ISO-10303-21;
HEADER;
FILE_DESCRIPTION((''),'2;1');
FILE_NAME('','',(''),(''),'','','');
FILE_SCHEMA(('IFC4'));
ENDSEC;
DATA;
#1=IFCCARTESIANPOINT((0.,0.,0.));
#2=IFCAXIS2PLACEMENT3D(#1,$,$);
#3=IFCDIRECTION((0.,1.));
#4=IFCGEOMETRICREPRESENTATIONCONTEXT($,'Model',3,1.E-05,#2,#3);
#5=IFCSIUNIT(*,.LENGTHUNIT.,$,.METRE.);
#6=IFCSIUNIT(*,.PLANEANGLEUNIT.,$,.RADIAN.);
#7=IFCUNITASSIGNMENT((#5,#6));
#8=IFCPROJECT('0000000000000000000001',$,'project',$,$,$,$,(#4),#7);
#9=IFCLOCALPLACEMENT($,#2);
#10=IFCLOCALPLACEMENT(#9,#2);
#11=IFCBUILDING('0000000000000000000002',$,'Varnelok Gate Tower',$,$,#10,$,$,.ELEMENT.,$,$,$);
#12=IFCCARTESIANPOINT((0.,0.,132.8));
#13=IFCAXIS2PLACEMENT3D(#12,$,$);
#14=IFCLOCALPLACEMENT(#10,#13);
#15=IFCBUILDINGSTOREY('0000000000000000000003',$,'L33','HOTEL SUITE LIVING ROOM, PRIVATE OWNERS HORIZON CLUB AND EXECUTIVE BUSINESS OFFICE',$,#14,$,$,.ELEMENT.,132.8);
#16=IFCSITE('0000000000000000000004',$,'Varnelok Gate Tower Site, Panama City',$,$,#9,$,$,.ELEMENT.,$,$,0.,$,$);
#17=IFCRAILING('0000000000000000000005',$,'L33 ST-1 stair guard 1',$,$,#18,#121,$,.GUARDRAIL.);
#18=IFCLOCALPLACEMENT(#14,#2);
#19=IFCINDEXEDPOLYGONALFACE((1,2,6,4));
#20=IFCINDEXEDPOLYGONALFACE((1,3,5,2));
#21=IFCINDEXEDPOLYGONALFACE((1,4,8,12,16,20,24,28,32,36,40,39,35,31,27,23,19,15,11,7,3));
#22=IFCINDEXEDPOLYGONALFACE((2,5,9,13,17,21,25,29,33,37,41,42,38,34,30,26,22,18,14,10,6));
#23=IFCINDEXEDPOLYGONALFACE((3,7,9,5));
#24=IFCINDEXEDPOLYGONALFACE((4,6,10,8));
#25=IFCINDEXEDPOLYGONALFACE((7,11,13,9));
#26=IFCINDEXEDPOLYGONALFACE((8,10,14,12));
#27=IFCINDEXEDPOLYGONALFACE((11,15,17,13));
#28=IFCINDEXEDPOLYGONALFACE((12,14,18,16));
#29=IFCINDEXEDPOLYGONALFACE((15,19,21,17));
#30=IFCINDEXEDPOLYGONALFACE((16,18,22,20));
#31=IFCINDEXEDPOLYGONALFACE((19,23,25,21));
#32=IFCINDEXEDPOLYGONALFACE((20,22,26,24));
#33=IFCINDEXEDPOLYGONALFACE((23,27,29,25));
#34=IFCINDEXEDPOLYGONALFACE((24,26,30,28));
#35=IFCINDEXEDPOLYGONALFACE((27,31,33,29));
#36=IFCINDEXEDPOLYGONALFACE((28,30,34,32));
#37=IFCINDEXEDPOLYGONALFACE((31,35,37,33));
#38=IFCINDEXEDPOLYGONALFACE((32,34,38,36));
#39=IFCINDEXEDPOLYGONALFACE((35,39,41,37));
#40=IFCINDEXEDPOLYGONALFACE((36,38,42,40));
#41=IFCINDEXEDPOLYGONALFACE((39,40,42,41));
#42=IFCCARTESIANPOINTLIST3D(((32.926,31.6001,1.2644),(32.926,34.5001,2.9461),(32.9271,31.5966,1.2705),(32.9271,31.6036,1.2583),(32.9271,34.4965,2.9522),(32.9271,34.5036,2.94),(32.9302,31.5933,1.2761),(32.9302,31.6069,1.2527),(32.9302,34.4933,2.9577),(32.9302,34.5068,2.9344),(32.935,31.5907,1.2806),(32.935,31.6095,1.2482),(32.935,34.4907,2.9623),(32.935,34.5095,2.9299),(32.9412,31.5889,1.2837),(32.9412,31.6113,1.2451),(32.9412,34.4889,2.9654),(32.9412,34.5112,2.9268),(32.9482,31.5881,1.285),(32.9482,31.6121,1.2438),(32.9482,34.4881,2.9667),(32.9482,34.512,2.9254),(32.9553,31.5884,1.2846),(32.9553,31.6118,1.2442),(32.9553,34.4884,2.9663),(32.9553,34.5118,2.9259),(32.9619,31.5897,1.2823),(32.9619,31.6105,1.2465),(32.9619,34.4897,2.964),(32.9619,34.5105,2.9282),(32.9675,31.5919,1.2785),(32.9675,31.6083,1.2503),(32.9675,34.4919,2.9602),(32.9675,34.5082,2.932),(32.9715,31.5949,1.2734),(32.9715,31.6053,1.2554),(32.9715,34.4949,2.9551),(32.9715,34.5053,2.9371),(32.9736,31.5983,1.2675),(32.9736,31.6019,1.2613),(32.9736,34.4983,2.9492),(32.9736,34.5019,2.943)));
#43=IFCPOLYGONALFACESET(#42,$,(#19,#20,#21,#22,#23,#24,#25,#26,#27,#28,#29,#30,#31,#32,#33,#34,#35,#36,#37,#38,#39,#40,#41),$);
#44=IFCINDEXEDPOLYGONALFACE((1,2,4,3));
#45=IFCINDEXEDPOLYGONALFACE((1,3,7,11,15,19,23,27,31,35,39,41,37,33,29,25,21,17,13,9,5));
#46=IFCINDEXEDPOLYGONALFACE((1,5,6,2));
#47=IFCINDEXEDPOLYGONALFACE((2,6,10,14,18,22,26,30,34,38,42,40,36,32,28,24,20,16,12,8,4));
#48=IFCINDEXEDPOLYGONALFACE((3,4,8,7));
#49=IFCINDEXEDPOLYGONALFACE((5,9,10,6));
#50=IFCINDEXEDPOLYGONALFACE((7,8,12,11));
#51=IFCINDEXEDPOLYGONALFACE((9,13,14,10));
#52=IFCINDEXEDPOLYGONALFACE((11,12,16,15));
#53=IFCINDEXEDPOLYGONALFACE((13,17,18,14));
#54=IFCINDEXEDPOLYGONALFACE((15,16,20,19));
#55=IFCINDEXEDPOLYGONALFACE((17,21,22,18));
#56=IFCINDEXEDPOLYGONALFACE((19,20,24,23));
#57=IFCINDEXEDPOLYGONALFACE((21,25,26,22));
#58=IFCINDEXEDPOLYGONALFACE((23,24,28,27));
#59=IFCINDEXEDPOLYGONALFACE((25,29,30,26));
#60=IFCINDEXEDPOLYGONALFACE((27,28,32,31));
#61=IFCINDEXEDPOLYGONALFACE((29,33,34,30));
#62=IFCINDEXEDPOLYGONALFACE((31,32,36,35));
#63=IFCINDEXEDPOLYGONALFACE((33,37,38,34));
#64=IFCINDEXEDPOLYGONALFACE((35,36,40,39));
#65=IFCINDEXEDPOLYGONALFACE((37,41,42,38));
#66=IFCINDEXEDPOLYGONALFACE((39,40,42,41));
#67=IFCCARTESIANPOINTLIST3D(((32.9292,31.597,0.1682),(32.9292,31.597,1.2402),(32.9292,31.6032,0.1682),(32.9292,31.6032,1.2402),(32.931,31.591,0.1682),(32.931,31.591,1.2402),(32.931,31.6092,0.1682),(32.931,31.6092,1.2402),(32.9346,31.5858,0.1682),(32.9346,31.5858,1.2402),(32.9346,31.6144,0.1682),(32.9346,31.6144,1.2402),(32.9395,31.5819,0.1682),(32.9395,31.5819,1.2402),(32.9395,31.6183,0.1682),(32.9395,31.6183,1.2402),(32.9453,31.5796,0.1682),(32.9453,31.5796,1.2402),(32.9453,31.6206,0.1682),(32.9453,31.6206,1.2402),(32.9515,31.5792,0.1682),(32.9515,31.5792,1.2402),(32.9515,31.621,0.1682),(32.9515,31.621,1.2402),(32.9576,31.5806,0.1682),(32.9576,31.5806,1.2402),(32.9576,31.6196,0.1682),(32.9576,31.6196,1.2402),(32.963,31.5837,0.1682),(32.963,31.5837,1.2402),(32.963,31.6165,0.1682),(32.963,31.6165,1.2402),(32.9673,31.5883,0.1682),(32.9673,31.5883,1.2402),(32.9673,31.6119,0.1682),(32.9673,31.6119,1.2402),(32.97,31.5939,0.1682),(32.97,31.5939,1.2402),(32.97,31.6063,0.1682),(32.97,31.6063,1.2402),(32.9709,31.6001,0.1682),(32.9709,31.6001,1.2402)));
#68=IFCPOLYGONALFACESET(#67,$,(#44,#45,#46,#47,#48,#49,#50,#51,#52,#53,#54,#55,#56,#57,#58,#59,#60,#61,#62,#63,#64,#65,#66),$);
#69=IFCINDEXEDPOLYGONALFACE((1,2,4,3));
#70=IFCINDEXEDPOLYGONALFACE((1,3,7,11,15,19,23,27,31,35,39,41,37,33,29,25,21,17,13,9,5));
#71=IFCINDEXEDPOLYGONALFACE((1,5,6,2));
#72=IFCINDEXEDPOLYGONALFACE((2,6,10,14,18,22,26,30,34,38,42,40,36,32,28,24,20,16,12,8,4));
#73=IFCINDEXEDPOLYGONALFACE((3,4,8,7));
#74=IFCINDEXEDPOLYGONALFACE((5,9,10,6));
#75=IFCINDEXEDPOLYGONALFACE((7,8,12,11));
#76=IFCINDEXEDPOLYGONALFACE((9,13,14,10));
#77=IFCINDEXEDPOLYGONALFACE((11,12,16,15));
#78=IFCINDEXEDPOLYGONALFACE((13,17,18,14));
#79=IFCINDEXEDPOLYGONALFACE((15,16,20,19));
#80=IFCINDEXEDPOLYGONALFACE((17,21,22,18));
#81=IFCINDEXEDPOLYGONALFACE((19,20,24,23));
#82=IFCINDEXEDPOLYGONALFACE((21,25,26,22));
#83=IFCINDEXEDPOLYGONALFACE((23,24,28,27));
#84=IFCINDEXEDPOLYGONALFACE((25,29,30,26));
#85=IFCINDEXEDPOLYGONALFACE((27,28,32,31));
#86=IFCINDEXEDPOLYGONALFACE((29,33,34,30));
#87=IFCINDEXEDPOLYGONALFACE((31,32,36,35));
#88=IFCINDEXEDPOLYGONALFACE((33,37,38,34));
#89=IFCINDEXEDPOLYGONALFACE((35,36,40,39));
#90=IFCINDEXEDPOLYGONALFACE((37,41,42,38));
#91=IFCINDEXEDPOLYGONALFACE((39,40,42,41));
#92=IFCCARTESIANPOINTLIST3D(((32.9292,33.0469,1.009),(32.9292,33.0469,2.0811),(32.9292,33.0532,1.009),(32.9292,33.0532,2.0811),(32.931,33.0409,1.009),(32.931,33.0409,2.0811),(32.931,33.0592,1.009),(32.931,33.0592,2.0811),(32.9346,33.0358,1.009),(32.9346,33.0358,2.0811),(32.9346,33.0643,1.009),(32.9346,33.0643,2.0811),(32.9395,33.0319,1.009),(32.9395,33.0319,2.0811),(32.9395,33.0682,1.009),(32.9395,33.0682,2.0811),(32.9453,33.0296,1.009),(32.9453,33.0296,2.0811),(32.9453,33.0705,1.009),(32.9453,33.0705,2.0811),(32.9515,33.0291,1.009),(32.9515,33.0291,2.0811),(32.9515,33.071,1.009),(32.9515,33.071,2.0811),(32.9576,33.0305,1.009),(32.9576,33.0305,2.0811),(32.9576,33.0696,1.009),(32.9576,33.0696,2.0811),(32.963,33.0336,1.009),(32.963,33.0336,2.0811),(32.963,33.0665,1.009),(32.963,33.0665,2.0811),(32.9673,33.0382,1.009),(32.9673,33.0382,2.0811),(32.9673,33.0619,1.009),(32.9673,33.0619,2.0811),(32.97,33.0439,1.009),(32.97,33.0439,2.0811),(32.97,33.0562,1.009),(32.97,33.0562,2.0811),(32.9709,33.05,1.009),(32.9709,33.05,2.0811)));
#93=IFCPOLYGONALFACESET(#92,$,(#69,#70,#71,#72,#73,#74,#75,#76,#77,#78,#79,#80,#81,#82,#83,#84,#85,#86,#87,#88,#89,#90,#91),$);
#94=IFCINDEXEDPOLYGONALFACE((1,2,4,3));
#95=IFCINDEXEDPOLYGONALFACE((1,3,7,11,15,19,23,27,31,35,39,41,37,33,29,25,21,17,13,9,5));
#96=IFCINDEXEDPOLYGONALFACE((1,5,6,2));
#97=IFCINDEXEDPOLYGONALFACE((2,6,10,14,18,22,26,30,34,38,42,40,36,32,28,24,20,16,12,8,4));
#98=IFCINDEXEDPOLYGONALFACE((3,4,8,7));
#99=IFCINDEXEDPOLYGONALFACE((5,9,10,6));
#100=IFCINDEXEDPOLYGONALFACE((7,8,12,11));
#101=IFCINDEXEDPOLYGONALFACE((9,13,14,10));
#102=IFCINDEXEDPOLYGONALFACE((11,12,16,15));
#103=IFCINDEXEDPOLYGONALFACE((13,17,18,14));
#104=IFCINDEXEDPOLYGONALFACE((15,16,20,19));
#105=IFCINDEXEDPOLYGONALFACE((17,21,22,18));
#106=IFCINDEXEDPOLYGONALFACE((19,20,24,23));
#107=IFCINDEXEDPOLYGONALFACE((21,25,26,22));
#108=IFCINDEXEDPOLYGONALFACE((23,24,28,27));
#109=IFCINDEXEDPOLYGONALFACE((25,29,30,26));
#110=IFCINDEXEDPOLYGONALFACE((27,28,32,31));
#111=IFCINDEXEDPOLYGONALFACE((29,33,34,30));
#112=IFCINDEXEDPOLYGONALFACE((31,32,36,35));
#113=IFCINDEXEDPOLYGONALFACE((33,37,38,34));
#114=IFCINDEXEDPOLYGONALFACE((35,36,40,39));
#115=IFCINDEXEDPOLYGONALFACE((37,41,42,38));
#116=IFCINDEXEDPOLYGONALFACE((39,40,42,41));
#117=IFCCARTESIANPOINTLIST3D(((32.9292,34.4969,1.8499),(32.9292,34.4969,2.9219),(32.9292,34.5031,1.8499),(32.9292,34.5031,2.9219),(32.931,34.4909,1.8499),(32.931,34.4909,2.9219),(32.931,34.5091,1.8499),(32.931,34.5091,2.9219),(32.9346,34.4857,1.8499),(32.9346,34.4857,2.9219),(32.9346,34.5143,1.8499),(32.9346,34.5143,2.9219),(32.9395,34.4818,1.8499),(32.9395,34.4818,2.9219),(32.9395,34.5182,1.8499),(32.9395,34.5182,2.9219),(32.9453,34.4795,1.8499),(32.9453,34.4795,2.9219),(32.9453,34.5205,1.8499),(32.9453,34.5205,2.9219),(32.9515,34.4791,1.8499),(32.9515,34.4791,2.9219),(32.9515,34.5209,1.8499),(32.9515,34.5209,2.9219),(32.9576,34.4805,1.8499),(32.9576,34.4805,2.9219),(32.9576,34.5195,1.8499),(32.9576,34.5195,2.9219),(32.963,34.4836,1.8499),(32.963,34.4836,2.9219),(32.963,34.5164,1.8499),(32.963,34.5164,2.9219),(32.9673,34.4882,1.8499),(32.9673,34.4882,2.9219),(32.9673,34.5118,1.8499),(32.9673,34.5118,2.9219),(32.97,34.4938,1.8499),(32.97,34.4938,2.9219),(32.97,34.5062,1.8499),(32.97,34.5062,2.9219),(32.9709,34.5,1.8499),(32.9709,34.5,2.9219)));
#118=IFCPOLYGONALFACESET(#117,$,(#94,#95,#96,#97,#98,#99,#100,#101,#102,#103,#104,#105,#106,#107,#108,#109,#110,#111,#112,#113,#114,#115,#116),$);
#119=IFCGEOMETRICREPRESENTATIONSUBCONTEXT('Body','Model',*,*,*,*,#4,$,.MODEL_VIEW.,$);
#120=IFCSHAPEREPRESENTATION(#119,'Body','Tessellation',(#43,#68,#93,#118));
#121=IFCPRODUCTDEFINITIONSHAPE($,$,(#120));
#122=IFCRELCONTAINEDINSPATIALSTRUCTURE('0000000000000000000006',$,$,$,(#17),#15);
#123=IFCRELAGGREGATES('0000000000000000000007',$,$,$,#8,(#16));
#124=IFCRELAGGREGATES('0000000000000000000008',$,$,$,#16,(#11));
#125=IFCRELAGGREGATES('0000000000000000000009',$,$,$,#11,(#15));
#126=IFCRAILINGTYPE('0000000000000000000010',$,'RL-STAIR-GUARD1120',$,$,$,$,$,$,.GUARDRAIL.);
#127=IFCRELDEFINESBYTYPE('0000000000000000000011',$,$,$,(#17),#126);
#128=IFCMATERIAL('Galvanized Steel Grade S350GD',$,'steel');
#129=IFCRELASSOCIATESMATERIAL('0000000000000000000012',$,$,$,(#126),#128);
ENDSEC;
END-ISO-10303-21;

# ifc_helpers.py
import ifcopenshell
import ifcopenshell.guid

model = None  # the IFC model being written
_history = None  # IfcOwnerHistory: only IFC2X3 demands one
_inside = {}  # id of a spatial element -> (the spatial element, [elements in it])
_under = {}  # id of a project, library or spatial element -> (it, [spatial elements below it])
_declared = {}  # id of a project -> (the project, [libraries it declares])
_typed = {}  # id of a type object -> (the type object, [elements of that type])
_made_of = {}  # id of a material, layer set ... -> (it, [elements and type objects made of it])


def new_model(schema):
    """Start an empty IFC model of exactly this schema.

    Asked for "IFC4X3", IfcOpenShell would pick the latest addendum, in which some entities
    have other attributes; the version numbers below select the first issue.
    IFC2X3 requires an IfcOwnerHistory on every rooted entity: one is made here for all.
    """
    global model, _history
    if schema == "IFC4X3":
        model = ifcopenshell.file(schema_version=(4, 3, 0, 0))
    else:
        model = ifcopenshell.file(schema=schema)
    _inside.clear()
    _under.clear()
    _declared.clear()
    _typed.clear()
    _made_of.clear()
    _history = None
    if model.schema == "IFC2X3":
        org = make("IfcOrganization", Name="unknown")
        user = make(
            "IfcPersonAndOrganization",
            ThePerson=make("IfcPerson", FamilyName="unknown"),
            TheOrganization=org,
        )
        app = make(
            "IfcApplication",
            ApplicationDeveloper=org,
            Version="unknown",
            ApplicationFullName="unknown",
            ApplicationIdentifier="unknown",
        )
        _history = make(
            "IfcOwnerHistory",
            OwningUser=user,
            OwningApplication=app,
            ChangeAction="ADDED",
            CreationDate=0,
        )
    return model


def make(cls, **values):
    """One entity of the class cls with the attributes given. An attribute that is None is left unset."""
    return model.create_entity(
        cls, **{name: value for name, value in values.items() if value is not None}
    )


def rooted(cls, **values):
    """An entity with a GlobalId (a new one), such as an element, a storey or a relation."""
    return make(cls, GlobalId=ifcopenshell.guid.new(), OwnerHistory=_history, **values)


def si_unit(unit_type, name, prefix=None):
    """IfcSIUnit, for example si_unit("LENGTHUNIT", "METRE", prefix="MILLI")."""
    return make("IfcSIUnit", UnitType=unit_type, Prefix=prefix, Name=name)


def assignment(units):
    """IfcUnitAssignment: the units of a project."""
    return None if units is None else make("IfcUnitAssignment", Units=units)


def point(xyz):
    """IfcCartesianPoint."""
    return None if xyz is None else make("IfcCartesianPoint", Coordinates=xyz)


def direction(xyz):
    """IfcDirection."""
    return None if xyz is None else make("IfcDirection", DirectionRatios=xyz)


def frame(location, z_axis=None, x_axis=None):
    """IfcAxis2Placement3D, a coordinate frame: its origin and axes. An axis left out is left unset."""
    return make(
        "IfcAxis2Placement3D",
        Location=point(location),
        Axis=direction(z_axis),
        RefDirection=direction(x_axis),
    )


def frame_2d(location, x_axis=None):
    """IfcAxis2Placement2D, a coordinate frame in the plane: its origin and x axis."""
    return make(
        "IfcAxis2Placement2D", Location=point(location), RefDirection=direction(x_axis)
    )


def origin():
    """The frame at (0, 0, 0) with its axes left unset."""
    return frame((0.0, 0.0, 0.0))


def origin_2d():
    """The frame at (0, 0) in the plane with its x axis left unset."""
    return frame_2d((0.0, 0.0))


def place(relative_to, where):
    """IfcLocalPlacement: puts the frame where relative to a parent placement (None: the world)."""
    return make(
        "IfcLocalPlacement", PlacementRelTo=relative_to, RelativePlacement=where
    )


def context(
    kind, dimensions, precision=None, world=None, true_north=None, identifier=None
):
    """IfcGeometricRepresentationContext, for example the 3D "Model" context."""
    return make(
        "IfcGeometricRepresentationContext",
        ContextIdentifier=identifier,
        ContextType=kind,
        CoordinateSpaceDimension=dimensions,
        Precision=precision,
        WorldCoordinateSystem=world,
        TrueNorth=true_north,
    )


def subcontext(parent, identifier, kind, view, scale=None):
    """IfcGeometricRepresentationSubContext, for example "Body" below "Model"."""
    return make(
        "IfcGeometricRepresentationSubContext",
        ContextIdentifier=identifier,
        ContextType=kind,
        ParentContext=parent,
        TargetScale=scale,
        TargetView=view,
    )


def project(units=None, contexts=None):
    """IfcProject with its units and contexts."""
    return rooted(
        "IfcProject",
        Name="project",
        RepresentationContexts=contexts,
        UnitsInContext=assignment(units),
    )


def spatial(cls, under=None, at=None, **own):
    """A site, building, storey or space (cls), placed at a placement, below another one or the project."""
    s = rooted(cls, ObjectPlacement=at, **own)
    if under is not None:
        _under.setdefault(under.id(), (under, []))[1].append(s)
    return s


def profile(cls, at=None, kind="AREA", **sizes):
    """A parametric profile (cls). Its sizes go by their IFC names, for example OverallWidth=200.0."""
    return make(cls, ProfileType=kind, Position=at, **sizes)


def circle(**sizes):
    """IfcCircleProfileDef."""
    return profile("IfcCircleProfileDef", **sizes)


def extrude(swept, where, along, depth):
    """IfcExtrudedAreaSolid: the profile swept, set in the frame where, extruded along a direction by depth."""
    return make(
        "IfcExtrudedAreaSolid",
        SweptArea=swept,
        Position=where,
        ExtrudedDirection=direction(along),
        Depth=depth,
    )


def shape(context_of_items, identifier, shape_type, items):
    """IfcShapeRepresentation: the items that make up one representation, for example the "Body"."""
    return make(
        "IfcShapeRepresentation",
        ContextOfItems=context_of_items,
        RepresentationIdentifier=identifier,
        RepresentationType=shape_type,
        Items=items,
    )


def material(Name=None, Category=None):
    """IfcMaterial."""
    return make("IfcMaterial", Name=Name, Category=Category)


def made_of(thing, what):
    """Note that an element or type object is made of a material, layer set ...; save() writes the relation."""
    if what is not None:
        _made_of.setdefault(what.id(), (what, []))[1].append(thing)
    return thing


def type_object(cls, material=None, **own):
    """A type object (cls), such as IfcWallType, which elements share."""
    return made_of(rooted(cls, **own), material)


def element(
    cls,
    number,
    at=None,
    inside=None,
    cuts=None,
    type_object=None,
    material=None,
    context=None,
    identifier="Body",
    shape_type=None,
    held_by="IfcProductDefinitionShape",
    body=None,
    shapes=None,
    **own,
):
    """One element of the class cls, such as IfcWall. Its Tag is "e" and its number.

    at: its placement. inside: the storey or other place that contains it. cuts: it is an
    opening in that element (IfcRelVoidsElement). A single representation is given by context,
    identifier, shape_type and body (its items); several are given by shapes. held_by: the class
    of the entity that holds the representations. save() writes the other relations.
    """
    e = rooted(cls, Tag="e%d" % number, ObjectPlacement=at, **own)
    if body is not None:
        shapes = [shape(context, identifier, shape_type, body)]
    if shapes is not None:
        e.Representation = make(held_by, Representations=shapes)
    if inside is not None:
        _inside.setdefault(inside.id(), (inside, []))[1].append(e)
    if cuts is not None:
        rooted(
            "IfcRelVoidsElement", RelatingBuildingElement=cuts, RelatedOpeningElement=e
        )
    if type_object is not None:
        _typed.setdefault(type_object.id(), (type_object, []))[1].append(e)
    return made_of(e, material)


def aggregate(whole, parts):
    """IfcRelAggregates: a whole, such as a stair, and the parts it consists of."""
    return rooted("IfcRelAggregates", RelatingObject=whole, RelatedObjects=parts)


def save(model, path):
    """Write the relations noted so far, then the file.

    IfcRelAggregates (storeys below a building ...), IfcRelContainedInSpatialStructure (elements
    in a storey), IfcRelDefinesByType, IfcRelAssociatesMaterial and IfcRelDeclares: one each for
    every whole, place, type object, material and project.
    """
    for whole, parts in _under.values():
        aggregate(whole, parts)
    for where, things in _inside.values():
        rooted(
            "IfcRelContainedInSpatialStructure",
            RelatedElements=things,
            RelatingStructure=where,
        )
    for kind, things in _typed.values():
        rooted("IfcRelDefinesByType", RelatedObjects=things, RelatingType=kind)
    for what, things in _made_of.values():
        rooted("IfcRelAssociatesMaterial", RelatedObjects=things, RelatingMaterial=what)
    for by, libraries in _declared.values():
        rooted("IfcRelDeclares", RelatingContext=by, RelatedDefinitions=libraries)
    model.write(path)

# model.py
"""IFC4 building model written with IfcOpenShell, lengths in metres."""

from ifc_helpers import new_model, si_unit, direction, frame, origin, origin_2d, place, context, subcontext, project, spatial, circle, extrude, material, type_object, element, save


model = new_model("IFC4")

# Units and contexts
model_context = context("Model", 3, precision=1e-05, world=origin(), true_north=direction((0.0, 1.0)))
body_context = subcontext(model_context, "Body", "Model", "MODEL_VIEW")
ifc_project = project(units=[si_unit("LENGTHUNIT", "METRE"), si_unit("PLANEANGLEUNIT", "RADIAN")], contexts=[model_context])

# Site, building, storey
site_placement = place(None, origin())
site = spatial("IfcSite", under=ifc_project, at=site_placement, Name="Varnelok Gate Tower Site, Panama City", CompositionType="ELEMENT", RefElevation=0.0)
building_placement = place(site_placement, origin())
building = spatial("IfcBuilding", under=site, at=building_placement, Name="Varnelok Gate Tower", CompositionType="ELEMENT")
storey_placement = place(building_placement, frame((0.0, 0.0, 132.8)))
storey = spatial("IfcBuildingStorey", under=building, at=storey_placement, Name="L33", Description="HOTEL SUITE LIVING ROOM, PRIVATE OWNERS HORIZON CLUB AND EXECUTIVE BUSINESS OFFICE", CompositionType="ELEMENT", Elevation=132.8)

# Shared definitions
ifc_material_1 = material(Name="Galvanized Steel Grade S350GD", Category="steel")

# Railing
railing_type_1 = type_object("IfcRailingType", Name="RL-STAIR-GUARD1120", PredefinedType="GUARDRAIL", material=ifc_material_1)
railing_1_placement = place(storey_placement, frame((32.95, 31.6001, 0.1682)))
element("IfcRailing", 1, at=railing_1_placement, inside=storey, type_object=railing_type_1, Name="L33 ST-1 stair guard 1", PredefinedType="GUARDRAIL", context=body_context, shape_type="SweptSolid", body=[
    extrude(circle(Radius=0.0239, at=origin_2d()), frame((0.0, 0.0, 1.0962), z_axis=(0.0, 0.86507, 0.501651), x_axis=(-1.0, 0.0, 0.0)), (0.0, 0.0, 1.0), 3.3523),
    extrude(circle(Radius=0.021, at=origin_2d()), origin(), (0.0, 0.0, 1.0), 1.072),
    extrude(circle(Radius=0.021, at=origin_2d()), frame((0.0, 1.45, 0.8408)), (0.0, 0.0, 1.0), 1.072),
    extrude(circle(Radius=0.021, at=origin_2d()), frame((0.0, 2.8999, 1.6816)), (0.0, 0.0, 1.0), 1.072),
])

save(model, "model.ifc")
